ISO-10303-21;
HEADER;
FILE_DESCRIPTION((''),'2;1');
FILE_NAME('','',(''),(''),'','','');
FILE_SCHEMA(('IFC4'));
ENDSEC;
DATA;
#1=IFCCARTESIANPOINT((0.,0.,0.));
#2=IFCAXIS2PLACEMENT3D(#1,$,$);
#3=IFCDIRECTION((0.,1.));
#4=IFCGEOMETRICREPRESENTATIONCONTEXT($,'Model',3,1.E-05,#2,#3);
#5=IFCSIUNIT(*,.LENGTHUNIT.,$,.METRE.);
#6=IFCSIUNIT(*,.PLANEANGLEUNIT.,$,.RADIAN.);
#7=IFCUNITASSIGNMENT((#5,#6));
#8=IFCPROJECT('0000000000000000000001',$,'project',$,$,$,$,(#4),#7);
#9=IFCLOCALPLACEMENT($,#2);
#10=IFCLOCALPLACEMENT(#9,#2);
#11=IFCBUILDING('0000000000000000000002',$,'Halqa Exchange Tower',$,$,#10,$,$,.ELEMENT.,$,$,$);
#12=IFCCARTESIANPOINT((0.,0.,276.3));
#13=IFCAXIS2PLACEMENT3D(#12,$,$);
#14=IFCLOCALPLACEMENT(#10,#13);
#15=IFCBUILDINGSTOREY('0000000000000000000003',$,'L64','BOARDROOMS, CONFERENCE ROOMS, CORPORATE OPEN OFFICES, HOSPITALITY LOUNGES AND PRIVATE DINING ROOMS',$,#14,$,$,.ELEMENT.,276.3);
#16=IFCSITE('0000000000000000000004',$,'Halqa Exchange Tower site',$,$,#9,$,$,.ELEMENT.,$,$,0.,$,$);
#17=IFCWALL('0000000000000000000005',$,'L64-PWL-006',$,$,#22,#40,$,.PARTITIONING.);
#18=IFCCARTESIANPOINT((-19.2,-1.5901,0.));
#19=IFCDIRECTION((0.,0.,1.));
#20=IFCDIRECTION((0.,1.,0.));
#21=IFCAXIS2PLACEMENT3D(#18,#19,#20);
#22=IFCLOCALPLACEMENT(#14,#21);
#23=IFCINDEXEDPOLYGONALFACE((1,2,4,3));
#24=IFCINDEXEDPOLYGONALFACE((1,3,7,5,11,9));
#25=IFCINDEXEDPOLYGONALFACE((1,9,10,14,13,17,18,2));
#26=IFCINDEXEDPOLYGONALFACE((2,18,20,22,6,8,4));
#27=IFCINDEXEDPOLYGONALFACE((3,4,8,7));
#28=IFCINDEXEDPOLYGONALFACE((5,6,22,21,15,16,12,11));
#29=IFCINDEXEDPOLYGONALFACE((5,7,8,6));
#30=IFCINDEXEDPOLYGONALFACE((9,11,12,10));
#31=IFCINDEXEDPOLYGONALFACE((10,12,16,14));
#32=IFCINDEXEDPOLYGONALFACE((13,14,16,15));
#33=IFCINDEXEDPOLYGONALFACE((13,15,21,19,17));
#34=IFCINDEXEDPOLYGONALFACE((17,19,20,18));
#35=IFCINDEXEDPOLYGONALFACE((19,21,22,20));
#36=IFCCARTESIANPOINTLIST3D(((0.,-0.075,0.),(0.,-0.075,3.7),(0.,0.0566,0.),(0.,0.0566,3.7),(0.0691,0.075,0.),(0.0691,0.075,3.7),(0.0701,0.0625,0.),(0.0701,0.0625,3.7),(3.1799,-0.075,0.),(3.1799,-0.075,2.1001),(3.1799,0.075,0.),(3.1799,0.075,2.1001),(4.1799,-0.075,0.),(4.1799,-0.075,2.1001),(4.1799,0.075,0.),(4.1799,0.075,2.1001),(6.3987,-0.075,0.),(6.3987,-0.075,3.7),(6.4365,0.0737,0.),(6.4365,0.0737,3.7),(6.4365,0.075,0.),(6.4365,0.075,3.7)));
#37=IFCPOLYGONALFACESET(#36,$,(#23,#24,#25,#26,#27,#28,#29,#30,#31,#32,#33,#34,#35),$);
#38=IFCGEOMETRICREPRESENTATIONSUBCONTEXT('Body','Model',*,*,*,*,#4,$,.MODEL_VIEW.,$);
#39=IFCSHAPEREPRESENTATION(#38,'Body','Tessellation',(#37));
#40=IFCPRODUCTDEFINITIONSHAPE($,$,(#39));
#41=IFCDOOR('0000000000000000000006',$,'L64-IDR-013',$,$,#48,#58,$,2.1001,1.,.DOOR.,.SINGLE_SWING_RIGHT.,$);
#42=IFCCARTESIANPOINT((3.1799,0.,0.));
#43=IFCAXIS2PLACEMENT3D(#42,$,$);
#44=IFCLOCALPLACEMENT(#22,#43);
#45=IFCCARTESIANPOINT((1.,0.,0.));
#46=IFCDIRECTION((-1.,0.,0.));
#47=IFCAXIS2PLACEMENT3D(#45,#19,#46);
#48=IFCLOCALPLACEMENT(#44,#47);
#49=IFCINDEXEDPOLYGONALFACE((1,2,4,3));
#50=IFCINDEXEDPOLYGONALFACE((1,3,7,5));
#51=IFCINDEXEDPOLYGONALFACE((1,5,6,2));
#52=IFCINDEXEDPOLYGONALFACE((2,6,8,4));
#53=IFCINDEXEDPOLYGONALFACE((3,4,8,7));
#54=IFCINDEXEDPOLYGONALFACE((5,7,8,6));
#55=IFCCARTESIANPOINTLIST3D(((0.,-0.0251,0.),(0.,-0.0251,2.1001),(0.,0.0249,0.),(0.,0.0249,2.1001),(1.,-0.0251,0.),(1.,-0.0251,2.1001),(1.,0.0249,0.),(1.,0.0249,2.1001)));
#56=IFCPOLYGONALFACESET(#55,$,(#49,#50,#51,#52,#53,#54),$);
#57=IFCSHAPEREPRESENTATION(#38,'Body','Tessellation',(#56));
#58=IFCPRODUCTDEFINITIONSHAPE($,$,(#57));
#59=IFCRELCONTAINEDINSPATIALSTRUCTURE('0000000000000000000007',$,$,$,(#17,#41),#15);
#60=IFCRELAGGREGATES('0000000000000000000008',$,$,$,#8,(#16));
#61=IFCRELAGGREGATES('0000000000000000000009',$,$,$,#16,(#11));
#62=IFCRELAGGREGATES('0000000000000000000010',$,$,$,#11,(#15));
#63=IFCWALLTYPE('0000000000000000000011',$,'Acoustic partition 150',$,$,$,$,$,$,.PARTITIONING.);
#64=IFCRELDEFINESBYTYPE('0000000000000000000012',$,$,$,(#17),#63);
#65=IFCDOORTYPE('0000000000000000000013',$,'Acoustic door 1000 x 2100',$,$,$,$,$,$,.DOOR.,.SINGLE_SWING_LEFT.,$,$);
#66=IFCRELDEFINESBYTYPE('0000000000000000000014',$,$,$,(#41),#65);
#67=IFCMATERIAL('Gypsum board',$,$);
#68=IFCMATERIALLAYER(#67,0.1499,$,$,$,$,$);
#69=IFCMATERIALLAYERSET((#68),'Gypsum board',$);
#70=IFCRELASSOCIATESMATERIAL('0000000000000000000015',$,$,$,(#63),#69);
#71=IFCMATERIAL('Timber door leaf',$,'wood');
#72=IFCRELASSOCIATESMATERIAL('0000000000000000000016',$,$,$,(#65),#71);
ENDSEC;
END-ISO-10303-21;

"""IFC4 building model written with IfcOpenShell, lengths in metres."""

from ifc_helpers import new_model, si_unit, direction, frame, frame_2d, origin, place, context, subcontext, project, spatial, polyline, rectangle, outline, extrude, material, layer, layer_set, type_object, element, fill, save


model = new_model("IFC4")

# Units and contexts
model_context = context("Model", 3, precision=1e-05, world=origin(), true_north=direction((0.0, 1.0)))
body_context = subcontext(model_context, "Body", "Model", "MODEL_VIEW")
ifc_project = project(units=[si_unit("LENGTHUNIT", "METRE"), si_unit("PLANEANGLEUNIT", "RADIAN")], contexts=[model_context])

# Site, building, storey
site_placement = place(None, origin())
site = spatial("IfcSite", under=ifc_project, at=site_placement, Name="Halqa Exchange Tower site", CompositionType="ELEMENT", RefElevation=0.0)
building_placement = place(site_placement, origin())
building = spatial("IfcBuilding", under=site, at=building_placement, Name="Halqa Exchange Tower", CompositionType="ELEMENT")
storey_placement = place(building_placement, frame((0.0, 0.0, 276.3)))
storey = spatial("IfcBuildingStorey", under=building, at=storey_placement, Name="L64", Description="BOARDROOMS, CONFERENCE ROOMS, CORPORATE OPEN OFFICES, HOSPITALITY LOUNGES AND PRIVATE DINING ROOMS", CompositionType="ELEMENT", Elevation=276.3)

# Wall, opening, door
ifc_material_1 = material(Name="Gypsum board")
ifc_layer_1 = layer(ifc_material_1, 0.1499)
ifc_layer_set_1 = layer_set([ifc_layer_1], Name="Gypsum board")
wall_type_1 = type_object("IfcWallType", Name="Acoustic partition 150", PredefinedType="PARTITIONING", material=ifc_layer_set_1)
ifc_material_2 = material(Name="Timber door leaf", Category="wood")
door_type_1 = type_object("IfcDoorType", Name="Acoustic door 1000 x 2100", OperationType="SINGLE_SWING_LEFT", PredefinedType="DOOR", material=ifc_material_2)
wall_1_placement = place(storey_placement, frame((-19.2, -1.5901, 0.0), z_axis=(0.0, 0.0, 1.0), x_axis=(0.0, 1.0, 0.0)))
wall_1 = element("IfcWall", 1, at=wall_1_placement, inside=storey, type_object=wall_type_1, Name="L64-PWL-006", PredefinedType="PARTITIONING", context=body_context, shape_type="SweptSolid", body=[
    extrude(outline(polyline([(0.0, -0.075), (0.8101, -0.075), (0.9102, -0.075), (2.7395, -0.075), (4.5691, -0.075), (6.3987, -0.075), (6.4365, 0.0737), (6.4365, 0.075), (4.8447, 0.075), (3.2527, 0.075), (1.6609, 0.075), (0.0691, 0.075), (0.0701, 0.0625), (0.0, 0.0566), (0.0, 0.05), (0.0, 0.05), (0.0, -0.05), (0.0, -0.05), (0.0, -0.075)])), origin(), (0.0, 0.0, 1.0), 3.7),
])
opening_1_placement = place(wall_1_placement, frame((3.1799, 0.0, 0.0)))
opening_1 = element("IfcOpeningElement", 2, at=opening_1_placement, cuts=wall_1, PredefinedType="OPENING", context=body_context, shape_type="SweptSolid", body=[
    extrude(rectangle(XDim=1.0, YDim=2.1001, at=frame_2d((0.5, 1.05))), frame((0.0, 0.0869, 0.0), z_axis=(0.0, -1.0, 0.0), x_axis=(1.0, 0.0, 0.0)), (0.0, 0.0, 1.0), 0.1738),
])
door_1_placement = place(opening_1_placement, frame((1.0, 0.0, 0.0), z_axis=(0.0, 0.0, 1.0), x_axis=(-1.0, 0.0, 0.0)))
door_1 = element("IfcDoor", 3, at=door_1_placement, inside=storey, type_object=door_type_1, Name="L64-IDR-013", OperationType="SINGLE_SWING_RIGHT", OverallHeight=2.1001, OverallWidth=1.0, PredefinedType="DOOR", context=body_context, shape_type="SweptSolid", body=[
    extrude(rectangle(XDim=1.0, YDim=2.1001, at=frame_2d((0.5, 1.05))), frame((0.0, 0.0249, 0.0), z_axis=(0.0, -1.0, 0.0), x_axis=(1.0, 0.0, 0.0)), (0.0, 0.0, 1.0), 0.05),
])
fill(opening_1, door_1)

save(model, "model.ifc")
